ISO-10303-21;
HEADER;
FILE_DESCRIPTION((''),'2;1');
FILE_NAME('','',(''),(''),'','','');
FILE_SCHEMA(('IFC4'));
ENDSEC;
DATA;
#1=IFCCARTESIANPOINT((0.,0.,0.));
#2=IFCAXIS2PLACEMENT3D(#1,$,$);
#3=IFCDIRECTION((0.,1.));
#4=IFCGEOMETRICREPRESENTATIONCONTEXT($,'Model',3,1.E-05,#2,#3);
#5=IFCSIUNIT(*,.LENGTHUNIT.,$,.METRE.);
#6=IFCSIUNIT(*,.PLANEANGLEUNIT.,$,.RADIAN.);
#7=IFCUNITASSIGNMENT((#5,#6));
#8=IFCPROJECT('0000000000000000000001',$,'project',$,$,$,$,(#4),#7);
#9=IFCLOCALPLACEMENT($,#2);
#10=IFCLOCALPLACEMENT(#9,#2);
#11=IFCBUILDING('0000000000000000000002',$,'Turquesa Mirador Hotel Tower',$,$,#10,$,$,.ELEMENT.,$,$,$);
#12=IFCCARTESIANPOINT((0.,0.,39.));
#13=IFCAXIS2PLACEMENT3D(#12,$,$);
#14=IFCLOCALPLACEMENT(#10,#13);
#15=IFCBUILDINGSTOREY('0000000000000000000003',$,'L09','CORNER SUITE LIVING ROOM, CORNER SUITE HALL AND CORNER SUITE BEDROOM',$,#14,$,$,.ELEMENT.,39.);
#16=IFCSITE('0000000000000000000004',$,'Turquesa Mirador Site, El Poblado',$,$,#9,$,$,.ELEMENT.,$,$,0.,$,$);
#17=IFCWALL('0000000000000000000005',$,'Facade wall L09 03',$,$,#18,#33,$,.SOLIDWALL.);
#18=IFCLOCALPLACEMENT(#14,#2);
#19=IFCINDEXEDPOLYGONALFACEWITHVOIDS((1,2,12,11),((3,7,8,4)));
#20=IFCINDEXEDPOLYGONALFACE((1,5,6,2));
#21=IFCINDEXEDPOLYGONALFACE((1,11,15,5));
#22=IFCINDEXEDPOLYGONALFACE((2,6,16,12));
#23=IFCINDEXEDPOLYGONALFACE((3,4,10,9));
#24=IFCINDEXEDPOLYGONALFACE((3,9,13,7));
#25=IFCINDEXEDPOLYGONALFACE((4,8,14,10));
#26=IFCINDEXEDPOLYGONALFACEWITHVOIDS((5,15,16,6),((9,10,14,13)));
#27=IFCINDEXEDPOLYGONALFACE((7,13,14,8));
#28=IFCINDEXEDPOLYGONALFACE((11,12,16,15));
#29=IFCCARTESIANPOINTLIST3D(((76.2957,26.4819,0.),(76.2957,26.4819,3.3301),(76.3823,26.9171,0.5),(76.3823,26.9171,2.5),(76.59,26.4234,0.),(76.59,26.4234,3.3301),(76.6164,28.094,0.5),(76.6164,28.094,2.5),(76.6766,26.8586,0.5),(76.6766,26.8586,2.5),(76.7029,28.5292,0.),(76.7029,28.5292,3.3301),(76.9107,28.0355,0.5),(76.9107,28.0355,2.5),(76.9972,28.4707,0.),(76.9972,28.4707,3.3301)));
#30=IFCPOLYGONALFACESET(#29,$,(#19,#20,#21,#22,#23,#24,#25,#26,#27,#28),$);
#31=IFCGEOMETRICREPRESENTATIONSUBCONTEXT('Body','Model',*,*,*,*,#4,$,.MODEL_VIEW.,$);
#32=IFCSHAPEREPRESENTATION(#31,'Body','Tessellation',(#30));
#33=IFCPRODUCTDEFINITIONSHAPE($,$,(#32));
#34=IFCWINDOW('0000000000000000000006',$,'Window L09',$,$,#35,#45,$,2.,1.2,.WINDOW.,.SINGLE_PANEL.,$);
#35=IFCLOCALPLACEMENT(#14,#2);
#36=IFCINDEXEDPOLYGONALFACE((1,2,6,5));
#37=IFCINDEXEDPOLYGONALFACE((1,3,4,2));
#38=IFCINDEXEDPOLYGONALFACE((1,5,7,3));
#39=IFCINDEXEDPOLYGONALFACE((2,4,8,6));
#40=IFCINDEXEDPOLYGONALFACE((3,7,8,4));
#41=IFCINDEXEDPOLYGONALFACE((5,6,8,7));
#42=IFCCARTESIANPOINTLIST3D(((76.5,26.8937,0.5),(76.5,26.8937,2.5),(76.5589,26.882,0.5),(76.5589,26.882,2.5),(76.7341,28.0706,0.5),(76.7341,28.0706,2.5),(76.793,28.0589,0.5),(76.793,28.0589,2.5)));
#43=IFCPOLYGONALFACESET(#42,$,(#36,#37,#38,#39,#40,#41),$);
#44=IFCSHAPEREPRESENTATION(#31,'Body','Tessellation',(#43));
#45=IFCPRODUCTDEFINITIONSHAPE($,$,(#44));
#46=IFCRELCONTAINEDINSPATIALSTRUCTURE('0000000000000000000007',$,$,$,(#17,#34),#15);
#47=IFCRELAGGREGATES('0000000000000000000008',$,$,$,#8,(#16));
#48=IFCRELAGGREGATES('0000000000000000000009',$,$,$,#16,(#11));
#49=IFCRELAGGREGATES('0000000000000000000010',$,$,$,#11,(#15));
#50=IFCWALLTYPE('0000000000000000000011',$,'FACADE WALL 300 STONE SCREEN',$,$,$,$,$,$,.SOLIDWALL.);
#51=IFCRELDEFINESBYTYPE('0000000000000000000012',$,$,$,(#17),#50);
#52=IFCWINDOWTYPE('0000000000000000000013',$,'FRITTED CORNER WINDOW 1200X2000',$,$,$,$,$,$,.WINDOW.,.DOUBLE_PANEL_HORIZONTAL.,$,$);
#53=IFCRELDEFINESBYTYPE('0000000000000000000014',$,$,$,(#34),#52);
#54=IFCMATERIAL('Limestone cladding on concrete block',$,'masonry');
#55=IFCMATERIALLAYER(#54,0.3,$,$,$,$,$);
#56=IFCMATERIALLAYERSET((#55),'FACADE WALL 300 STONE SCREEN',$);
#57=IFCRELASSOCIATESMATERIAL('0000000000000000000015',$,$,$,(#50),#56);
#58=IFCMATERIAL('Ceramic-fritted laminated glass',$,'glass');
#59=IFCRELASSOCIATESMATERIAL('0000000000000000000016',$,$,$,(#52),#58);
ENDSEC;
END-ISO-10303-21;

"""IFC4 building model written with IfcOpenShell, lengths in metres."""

from ifc_helpers import new_model, si_unit, direction, frame, frame_2d, origin, place, context, subcontext, project, spatial, rectangle, extrude, material, layer, layer_set, type_object, element, fill, save


model = new_model("IFC4")

# Units and contexts
model_context = context("Model", 3, precision=1e-05, world=origin(), true_north=direction((0.0, 1.0)))
body_context = subcontext(model_context, "Body", "Model", "MODEL_VIEW")
ifc_project = project(units=[si_unit("LENGTHUNIT", "METRE"), si_unit("PLANEANGLEUNIT", "RADIAN")], contexts=[model_context])

# Site, building, storey
site_placement = place(None, origin())
site = spatial("IfcSite", under=ifc_project, at=site_placement, Name="Turquesa Mirador Site, El Poblado", CompositionType="ELEMENT", RefElevation=0.0)
building_placement = place(site_placement, origin())
building = spatial("IfcBuilding", under=site, at=building_placement, Name="Turquesa Mirador Hotel Tower", CompositionType="ELEMENT")
storey_placement = place(building_placement, frame((0.0, 0.0, 39.0)))
storey = spatial("IfcBuildingStorey", under=building, at=storey_placement, Name="L09", Description="CORNER SUITE LIVING ROOM, CORNER SUITE HALL AND CORNER SUITE BEDROOM", CompositionType="ELEMENT", Elevation=39.0)

# Wall, opening, window
ifc_material_1 = material(Name="Limestone cladding on concrete block", Category="masonry")
ifc_layer = layer(ifc_material_1, 0.3)
ifc_layer_set = layer_set([ifc_layer], Name="FACADE WALL 300 STONE SCREEN")
wall_type = type_object("IfcWallType", Name="FACADE WALL 300 STONE SCREEN", PredefinedType="SOLIDWALL", material=ifc_layer_set)
ifc_material_2 = material(Name="Ceramic-fritted laminated glass", Category="glass")
window_type_1 = type_object("IfcWindowType", Name="FRITTED CORNER WINDOW 1200X2000", PartitioningType="DOUBLE_PANEL_HORIZONTAL", PredefinedType="WINDOW", material=ifc_material_2)
wall_1_placement = place(storey_placement, frame((76.4429, 26.4526, 0.0), z_axis=(0.0, 0.0, 1.0), x_axis=(0.195081, 0.980787, 0.0)))
wall_1 = element("IfcWall", 1, at=wall_1_placement, inside=storey, type_object=wall_type, Name="Facade wall L09 03", PredefinedType="SOLIDWALL", context=body_context, shape_type="SweptSolid", body=[
    extrude(rectangle(XDim=2.0874, YDim=0.3, at=frame_2d((1.0437, 0.0))), origin(), (0.0, 0.0, 1.0), 3.3301),
])
opening_1_placement = place(wall_1_placement, frame((0.4436, 0.0, 0.5)))
opening_1 = element("IfcOpeningElement", 2, at=opening_1_placement, cuts=wall_1, PredefinedType="OPENING", context=body_context, shape_type="SweptSolid", body=[
    extrude(rectangle(XDim=1.2, YDim=2.0, at=frame_2d((0.6001, 1.0))), frame((0.0, 0.1599, 0.0), z_axis=(0.0, -1.0, 0.0), x_axis=(1.0, 0.0, 0.0)), (0.0, 0.0, 1.0), 0.3201),
])
window_1_placement = place(opening_1_placement, origin())
window_1 = element("IfcWindow", 3, at=window_1_placement, inside=storey, type_object=window_type_1, Name="Window L09", OverallHeight=2.0, OverallWidth=1.2, PartitioningType="SINGLE_PANEL", PredefinedType="WINDOW", context=body_context, shape_type="SweptSolid", body=[
    extrude(rectangle(XDim=1.2, YDim=2.0, at=frame_2d((0.6001, 1.0))), frame((0.0, 0.03, 0.0), z_axis=(0.0, -1.0, 0.0), x_axis=(1.0, 0.0, 0.0)), (0.0, 0.0, 1.0), 0.0601),
])
fill(opening_1, window_1)

save(model, "model.ifc")
